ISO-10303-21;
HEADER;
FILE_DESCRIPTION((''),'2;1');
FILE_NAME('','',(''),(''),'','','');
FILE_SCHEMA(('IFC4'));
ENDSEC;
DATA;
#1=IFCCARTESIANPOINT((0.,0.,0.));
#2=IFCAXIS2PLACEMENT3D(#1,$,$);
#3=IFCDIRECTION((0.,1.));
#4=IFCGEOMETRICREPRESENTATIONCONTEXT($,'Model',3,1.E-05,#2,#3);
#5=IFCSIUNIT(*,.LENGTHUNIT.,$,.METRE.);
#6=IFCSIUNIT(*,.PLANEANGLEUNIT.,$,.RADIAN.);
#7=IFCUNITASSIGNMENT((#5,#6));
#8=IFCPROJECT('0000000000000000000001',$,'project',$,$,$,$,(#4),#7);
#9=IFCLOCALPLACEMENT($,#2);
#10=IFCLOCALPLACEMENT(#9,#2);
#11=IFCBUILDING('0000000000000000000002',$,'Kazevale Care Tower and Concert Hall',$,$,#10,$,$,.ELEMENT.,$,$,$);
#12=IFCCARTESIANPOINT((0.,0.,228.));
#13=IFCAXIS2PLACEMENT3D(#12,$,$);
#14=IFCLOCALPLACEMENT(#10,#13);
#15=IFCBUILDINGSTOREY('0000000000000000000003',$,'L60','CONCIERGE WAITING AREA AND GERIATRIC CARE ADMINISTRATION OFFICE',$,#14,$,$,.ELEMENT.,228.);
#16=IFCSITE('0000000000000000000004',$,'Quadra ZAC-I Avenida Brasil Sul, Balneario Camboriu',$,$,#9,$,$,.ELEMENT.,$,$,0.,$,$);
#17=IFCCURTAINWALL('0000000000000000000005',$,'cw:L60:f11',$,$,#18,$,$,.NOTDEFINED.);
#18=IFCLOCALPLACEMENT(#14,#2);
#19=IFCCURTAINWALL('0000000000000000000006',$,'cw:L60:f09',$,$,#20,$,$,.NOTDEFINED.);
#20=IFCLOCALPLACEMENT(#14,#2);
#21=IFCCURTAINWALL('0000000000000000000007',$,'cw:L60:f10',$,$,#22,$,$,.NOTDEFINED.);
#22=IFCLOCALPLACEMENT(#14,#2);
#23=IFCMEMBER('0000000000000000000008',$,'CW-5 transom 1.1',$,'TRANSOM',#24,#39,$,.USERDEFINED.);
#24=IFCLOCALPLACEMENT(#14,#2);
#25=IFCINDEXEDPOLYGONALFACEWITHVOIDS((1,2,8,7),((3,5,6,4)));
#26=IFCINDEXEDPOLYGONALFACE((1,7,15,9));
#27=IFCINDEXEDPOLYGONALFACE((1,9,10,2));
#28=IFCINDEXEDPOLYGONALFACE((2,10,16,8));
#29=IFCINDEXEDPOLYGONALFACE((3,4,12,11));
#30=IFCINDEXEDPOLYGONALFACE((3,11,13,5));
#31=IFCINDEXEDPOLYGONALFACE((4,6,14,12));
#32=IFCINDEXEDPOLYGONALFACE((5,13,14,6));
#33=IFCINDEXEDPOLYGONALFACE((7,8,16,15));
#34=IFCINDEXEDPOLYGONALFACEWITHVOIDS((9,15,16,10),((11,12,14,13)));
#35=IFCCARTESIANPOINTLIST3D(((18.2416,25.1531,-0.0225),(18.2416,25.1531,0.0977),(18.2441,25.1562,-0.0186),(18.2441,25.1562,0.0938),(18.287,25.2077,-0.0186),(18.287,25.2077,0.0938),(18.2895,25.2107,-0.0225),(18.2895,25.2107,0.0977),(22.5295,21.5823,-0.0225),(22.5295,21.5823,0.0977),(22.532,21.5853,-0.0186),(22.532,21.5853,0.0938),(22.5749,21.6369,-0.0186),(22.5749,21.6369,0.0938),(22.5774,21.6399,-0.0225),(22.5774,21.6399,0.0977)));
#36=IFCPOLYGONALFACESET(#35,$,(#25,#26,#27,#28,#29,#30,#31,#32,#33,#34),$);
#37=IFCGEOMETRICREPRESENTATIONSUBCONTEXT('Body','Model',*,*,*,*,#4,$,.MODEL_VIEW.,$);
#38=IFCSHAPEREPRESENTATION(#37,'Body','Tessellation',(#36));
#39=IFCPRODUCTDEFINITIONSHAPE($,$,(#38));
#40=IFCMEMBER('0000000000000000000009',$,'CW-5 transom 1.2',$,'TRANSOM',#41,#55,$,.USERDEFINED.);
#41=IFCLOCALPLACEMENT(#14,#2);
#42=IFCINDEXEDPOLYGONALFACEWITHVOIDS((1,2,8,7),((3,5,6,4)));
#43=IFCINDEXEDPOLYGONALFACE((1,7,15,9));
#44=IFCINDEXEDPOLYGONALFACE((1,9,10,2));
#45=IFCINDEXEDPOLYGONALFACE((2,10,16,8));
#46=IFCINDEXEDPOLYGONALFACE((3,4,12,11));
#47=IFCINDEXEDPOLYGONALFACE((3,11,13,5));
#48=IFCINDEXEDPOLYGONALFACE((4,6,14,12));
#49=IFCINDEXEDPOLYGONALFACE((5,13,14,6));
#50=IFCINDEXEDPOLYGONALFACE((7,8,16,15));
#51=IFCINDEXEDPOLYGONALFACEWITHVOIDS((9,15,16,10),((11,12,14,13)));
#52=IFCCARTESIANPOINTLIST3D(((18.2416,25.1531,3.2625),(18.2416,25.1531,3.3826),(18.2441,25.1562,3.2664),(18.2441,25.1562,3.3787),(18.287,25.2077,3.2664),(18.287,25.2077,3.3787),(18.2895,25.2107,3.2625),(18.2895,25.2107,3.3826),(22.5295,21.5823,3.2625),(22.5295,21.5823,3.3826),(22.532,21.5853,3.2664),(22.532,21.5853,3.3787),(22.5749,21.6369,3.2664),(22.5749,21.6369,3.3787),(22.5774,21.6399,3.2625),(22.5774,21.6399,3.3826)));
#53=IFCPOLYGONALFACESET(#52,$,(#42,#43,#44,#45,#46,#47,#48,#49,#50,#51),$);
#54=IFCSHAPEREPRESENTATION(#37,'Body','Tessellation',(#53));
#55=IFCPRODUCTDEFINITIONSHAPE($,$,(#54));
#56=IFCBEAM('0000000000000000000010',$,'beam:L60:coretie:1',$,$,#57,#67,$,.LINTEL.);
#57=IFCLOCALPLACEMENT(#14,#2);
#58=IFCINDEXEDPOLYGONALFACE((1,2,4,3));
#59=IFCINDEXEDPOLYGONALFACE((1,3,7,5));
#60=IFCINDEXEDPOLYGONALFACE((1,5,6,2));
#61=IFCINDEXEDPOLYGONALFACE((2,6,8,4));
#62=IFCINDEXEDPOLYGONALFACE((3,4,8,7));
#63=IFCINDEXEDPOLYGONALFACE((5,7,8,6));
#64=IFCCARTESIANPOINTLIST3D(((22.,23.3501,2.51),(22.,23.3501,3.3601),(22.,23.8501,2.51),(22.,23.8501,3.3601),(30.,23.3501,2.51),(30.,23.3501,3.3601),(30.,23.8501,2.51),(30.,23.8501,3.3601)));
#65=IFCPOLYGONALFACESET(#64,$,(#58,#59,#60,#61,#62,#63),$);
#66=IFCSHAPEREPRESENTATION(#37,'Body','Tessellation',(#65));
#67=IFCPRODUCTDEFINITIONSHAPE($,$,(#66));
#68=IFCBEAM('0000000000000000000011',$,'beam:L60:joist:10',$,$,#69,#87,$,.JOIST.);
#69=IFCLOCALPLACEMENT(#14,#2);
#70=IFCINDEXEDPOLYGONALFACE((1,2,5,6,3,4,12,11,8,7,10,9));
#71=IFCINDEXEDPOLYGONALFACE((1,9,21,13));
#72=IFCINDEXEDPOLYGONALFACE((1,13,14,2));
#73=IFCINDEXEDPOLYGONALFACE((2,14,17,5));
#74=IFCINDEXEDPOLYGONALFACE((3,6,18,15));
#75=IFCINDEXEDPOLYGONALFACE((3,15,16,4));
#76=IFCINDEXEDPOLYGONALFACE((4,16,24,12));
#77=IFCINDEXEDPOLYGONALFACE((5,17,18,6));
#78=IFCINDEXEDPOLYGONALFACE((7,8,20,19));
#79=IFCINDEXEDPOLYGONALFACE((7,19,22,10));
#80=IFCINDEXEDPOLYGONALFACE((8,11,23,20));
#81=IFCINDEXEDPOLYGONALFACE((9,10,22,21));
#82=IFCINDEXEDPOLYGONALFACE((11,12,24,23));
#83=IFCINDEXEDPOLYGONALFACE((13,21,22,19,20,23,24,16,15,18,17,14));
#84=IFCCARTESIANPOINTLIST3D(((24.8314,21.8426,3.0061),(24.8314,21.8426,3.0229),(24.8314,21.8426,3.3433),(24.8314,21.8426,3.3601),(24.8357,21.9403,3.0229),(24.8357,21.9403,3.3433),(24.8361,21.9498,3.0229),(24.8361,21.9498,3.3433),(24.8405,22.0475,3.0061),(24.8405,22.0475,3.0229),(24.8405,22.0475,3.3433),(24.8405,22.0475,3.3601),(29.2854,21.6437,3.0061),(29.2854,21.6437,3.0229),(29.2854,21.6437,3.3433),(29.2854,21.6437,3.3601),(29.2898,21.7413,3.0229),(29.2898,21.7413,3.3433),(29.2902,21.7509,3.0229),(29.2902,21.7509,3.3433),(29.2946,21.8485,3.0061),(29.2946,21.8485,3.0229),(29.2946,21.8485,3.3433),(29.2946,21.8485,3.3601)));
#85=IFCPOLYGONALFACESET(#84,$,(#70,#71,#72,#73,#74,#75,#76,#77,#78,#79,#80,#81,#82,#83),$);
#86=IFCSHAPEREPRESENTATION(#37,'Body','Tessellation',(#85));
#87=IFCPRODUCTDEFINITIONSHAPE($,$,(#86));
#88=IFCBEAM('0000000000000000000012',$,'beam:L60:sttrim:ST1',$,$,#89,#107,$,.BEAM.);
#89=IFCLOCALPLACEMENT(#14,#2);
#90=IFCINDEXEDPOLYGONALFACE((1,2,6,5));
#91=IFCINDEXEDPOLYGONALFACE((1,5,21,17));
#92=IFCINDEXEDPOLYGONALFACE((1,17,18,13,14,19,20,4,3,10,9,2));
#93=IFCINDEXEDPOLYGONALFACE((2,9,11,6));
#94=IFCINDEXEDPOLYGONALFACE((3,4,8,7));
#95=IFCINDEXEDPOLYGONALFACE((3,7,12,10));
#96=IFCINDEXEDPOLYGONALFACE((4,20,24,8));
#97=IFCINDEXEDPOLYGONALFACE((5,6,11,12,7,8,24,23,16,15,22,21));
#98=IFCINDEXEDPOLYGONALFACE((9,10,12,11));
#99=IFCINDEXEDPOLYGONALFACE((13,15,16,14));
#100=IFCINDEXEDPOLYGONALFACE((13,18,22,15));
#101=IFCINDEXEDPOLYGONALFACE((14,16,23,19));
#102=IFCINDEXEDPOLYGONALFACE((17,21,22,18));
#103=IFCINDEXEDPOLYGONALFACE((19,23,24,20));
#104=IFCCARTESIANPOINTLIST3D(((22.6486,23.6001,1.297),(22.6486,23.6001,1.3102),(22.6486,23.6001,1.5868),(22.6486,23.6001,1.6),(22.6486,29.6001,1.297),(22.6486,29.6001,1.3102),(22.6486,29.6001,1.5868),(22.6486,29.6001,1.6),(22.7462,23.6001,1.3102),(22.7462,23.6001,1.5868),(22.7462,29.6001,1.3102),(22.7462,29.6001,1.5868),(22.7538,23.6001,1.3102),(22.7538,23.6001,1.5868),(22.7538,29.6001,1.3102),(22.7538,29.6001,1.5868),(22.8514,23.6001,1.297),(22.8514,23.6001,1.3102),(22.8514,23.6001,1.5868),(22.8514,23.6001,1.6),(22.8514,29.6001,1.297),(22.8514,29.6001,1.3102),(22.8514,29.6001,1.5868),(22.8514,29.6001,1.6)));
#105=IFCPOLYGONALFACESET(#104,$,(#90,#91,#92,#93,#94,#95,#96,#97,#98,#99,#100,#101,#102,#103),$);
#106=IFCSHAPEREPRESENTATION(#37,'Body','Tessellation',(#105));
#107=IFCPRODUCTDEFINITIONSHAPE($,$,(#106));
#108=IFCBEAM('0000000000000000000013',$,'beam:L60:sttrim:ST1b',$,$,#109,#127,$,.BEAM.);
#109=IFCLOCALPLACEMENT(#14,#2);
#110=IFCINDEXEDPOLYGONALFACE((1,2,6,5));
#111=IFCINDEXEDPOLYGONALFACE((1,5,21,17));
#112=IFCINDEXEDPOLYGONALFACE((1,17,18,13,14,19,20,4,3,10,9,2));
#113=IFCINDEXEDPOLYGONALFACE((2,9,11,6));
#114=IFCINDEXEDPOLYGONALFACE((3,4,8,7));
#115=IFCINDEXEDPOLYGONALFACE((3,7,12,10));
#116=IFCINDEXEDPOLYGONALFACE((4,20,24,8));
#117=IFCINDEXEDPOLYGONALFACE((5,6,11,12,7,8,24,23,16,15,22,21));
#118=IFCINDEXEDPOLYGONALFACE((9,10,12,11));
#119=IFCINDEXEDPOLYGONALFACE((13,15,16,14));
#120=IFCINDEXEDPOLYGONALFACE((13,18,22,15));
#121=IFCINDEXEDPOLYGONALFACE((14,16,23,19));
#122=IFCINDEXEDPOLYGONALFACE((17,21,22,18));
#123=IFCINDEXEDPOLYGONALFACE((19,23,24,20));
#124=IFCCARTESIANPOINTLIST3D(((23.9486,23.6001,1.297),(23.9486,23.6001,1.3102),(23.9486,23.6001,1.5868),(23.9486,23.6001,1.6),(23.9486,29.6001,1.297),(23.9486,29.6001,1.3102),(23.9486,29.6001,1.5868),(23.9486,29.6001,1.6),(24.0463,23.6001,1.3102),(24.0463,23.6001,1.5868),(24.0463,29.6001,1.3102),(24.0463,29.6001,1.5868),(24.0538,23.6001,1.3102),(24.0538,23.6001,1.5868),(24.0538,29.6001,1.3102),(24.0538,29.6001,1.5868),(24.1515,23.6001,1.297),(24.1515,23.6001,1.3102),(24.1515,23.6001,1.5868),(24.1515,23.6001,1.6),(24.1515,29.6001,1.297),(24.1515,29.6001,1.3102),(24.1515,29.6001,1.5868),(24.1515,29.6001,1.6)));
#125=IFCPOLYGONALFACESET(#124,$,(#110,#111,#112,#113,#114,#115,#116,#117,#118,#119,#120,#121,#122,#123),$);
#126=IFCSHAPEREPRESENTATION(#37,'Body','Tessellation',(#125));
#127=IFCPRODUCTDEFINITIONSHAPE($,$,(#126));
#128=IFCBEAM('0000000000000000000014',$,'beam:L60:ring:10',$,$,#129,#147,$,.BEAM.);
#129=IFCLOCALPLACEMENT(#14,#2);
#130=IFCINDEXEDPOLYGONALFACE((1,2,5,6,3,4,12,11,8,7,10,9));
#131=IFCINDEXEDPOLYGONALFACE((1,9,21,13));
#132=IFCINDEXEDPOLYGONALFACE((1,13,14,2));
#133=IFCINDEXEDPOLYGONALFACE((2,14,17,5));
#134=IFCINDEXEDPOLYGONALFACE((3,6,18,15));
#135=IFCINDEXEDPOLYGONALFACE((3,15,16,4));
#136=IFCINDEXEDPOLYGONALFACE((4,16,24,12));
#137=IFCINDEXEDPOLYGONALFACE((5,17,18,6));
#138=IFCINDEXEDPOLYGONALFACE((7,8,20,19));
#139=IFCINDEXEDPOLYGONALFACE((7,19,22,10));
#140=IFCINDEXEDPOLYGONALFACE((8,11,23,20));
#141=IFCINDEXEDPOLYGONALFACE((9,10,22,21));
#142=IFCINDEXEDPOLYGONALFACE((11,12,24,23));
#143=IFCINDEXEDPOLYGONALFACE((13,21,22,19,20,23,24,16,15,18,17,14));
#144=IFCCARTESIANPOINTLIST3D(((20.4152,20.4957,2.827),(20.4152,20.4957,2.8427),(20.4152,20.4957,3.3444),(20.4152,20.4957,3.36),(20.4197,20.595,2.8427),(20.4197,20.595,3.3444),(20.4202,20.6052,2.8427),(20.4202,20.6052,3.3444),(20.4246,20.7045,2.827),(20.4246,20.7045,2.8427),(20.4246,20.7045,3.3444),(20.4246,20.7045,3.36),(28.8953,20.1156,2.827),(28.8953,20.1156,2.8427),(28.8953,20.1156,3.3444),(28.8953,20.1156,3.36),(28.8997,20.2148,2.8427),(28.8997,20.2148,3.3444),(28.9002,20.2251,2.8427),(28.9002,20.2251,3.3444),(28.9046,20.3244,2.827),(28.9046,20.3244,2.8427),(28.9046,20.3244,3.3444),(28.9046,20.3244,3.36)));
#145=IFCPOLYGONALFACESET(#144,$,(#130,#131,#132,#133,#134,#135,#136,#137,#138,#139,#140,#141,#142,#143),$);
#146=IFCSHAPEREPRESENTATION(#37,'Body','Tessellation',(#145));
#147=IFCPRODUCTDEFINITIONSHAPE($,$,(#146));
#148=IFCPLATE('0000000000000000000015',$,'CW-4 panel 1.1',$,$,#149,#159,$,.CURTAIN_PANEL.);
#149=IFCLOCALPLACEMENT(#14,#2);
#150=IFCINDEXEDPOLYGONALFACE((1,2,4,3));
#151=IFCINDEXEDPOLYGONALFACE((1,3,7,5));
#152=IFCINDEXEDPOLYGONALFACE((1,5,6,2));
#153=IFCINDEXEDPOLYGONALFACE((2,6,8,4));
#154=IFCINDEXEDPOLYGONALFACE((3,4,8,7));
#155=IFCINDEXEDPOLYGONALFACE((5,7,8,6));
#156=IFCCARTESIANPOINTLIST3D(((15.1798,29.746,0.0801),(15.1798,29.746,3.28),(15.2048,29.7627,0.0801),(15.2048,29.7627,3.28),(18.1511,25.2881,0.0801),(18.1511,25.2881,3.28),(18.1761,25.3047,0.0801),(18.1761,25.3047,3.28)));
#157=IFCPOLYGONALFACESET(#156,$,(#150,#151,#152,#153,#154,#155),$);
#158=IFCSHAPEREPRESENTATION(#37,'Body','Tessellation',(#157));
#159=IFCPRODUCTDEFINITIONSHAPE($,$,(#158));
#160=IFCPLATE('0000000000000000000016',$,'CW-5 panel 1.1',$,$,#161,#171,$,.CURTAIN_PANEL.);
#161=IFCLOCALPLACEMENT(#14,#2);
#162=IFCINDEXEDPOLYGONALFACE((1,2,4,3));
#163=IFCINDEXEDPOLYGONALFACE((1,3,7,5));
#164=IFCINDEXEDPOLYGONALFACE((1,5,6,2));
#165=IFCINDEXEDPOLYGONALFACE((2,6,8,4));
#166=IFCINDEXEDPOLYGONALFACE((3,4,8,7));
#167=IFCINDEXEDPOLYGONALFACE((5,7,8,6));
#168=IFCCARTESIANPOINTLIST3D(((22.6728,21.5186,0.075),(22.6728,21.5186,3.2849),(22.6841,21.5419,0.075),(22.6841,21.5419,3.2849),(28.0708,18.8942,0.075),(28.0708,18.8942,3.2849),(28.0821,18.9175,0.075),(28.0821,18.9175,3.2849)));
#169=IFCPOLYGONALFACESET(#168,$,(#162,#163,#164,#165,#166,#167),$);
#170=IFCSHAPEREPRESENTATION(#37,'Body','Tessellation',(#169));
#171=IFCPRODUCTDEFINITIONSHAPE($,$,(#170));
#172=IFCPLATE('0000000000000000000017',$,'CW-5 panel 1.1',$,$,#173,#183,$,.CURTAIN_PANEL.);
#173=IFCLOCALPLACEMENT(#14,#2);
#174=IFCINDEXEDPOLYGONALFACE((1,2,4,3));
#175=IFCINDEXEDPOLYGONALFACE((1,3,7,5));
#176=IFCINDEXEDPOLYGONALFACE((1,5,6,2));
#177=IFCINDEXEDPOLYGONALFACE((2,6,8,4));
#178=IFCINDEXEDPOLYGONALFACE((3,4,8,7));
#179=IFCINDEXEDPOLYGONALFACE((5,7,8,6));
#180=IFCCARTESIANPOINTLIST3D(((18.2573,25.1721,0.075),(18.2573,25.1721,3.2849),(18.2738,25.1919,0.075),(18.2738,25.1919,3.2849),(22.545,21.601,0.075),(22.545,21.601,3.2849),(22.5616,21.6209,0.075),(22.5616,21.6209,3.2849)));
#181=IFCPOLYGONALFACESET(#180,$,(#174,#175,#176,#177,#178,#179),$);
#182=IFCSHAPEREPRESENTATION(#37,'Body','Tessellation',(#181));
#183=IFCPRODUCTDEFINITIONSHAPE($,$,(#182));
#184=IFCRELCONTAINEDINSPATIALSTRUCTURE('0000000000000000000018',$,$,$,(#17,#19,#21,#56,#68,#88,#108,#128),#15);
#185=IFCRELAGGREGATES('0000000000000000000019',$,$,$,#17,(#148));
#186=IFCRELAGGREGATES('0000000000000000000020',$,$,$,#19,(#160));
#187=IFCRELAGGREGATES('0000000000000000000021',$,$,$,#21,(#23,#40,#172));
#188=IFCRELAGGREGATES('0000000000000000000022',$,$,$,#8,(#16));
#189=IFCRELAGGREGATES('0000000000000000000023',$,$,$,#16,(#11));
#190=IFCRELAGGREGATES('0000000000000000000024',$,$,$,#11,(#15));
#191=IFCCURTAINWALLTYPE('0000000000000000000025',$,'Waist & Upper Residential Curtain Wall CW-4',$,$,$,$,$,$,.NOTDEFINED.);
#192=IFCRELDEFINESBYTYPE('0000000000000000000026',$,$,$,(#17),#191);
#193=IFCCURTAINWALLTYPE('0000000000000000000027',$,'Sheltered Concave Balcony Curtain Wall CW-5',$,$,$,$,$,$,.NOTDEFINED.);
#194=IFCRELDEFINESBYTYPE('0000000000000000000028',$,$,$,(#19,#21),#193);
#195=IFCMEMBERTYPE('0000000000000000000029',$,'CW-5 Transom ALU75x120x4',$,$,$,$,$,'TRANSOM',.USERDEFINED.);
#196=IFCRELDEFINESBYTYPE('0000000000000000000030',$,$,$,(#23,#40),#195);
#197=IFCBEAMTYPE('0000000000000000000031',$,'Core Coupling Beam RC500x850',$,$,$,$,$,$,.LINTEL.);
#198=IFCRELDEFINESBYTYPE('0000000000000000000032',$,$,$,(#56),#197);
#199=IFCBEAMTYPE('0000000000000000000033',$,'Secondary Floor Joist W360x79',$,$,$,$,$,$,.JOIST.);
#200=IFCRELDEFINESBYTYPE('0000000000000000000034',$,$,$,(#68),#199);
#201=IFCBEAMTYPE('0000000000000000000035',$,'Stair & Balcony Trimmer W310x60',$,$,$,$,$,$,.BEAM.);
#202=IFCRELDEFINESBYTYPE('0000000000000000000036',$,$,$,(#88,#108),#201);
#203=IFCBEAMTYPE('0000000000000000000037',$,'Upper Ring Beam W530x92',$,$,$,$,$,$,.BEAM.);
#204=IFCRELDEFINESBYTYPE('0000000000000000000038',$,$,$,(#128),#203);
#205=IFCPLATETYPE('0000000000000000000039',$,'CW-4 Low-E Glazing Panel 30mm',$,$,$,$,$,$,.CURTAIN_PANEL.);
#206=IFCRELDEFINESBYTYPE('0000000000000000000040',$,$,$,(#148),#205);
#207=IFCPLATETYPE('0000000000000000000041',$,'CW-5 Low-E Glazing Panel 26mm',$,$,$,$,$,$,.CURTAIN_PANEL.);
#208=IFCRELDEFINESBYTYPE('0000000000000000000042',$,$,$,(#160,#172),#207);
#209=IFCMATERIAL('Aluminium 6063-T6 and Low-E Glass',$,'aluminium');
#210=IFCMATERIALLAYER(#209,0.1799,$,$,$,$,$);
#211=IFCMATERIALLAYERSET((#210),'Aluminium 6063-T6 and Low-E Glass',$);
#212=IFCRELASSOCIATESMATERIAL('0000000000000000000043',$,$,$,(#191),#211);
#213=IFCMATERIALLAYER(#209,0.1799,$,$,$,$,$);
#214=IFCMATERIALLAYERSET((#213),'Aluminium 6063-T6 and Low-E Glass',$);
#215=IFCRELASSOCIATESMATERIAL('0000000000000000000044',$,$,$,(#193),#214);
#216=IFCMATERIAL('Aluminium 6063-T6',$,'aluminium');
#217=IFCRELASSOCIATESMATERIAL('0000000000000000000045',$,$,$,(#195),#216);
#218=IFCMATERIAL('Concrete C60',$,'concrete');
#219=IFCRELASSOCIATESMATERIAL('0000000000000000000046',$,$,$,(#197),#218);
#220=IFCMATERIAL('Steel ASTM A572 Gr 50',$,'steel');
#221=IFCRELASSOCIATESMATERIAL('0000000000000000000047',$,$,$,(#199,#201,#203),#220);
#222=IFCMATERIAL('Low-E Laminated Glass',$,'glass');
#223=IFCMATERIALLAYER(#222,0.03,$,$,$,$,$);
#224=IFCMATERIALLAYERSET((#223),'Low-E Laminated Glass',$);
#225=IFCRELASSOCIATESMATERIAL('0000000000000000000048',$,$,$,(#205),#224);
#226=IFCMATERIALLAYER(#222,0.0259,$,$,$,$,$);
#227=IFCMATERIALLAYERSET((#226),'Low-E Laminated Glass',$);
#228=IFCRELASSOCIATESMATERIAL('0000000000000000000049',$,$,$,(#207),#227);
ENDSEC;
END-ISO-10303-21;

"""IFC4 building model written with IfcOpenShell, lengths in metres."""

from ifc_helpers import new_model, si_unit, direction, frame, origin, origin_2d, place, context, subcontext, project, spatial, rectangle, hollow_rectangle, i_section, extrude, material, layer, layer_set, material_profile, profile_set, type_object, element, aggregate, save


model = new_model("IFC4")

# Units and contexts
model_context = context("Model", 3, precision=1e-05, world=origin(), true_north=direction((0.0, 1.0)))
body_context = subcontext(model_context, "Body", "Model", "MODEL_VIEW")
ifc_project = project(units=[si_unit("LENGTHUNIT", "METRE"), si_unit("PLANEANGLEUNIT", "RADIAN")], contexts=[model_context])

# Site, building, storey
site_placement = place(None, origin())
site = spatial("IfcSite", under=ifc_project, at=site_placement, Name="Quadra ZAC-I Avenida Brasil Sul, Balneario Camboriu", CompositionType="ELEMENT", RefElevation=0.0)
building_placement = place(site_placement, origin())
building = spatial("IfcBuilding", under=site, at=building_placement, Name="Kazevale Care Tower and Concert Hall", CompositionType="ELEMENT")
storey_placement = place(building_placement, frame((0.0, 0.0, 228.0)))
storey = spatial("IfcBuildingStorey", under=building, at=storey_placement, Name="L60", Description="CONCIERGE WAITING AREA AND GERIATRIC CARE ADMINISTRATION OFFICE", CompositionType="ELEMENT", Elevation=228.0)

# Curtain wall
ifc_material_1 = material(Name="Aluminium 6063-T6 and Low-E Glass", Category="aluminium")
ifc_layer_1 = layer(ifc_material_1, 0.1799)
ifc_layer_set_1 = layer_set([ifc_layer_1], Name="Aluminium 6063-T6 and Low-E Glass")
curtain_wall_type_1 = type_object("IfcCurtainWallType", Name="Waist & Upper Residential Curtain Wall CW-4", PredefinedType="NOTDEFINED", material=ifc_layer_set_1)
curtain_wall_1_placement = place(storey_placement, origin())
curtain_wall_1 = element("IfcCurtainWall", 1, at=curtain_wall_1_placement, inside=storey, type_object=curtain_wall_type_1, Name="cw:L60:f11", PredefinedType="NOTDEFINED")
ifc_material_2 = material(Name="Aluminium 6063-T6", Category="aluminium")

# Curtain wall
ifc_layer_2 = layer(ifc_material_1, 0.1799)
ifc_layer_set_2 = layer_set([ifc_layer_2], Name="Aluminium 6063-T6 and Low-E Glass")
curtain_wall_type_2 = type_object("IfcCurtainWallType", Name="Sheltered Concave Balcony Curtain Wall CW-5", PredefinedType="NOTDEFINED", material=ifc_layer_set_2)
curtain_wall_2_placement = place(storey_placement, origin())
curtain_wall_2 = element("IfcCurtainWall", 2, at=curtain_wall_2_placement, inside=storey, type_object=curtain_wall_type_2, Name="cw:L60:f09", PredefinedType="NOTDEFINED")

# Curtain wall, members
curtain_wall_3_placement = place(storey_placement, origin())
curtain_wall_3 = element("IfcCurtainWall", 3, at=curtain_wall_3_placement, inside=storey, type_object=curtain_wall_type_2, Name="cw:L60:f10", PredefinedType="NOTDEFINED")
ifc_material_profile_1 = material_profile(ifc_material_2, hollow_rectangle(XDim=0.075, YDim=0.1201, WallThickness=0.0039, at=origin_2d()), Name="ALU75x120x4")
ifc_profile_set_1 = profile_set([ifc_material_profile_1], Name="Aluminium 6063-T6")
member_type_1 = type_object("IfcMemberType", Name="CW-5 Transom ALU75x120x4", ElementType="TRANSOM", PredefinedType="USERDEFINED", material=ifc_profile_set_1)
member_1_placement = place(storey_placement, frame((22.5535, 21.6111, 0.0376), z_axis=(-0.768433, 0.63993, 0.0), x_axis=(-0.63993, -0.768433, 0.0)))
member_1 = element("IfcMember", 4, at=member_1_placement, type_object=member_type_1, Name="CW-5 transom 1.1", ObjectType="TRANSOM", PredefinedType="USERDEFINED", context=body_context, shape_type="SweptSolid", body=[
    extrude(hollow_rectangle(XDim=0.075, YDim=0.1201, WallThickness=0.0039, at=origin_2d()), origin(), (0.0, 0.0, 1.0), 5.5801),
])
member_2_placement = place(storey_placement, frame((22.5535, 21.6111, 3.3225), z_axis=(-0.768433, 0.63993, 0.0), x_axis=(-0.63993, -0.768433, 0.0)))
member_2 = element("IfcMember", 5, at=member_2_placement, type_object=member_type_1, Name="CW-5 transom 1.2", ObjectType="TRANSOM", PredefinedType="USERDEFINED", context=body_context, shape_type="SweptSolid", body=[
    extrude(hollow_rectangle(XDim=0.075, YDim=0.1201, WallThickness=0.0039, at=origin_2d()), origin(), (0.0, 0.0, 1.0), 5.5801),
])

# Beams
ifc_material_3 = material(Name="Concrete C60", Category="concrete")
ifc_material_profile_2 = material_profile(ifc_material_3, rectangle(XDim=0.5, YDim=0.8501, at=origin_2d()), Name="RC-B500x850")
ifc_profile_set_2 = profile_set([ifc_material_profile_2], Name="Concrete C60")
beam_type_1 = type_object("IfcBeamType", Name="Core Coupling Beam RC500x850", PredefinedType="LINTEL", material=ifc_profile_set_2)
beam_1_placement = place(storey_placement, frame((22.0, 23.6001, 2.9351), z_axis=(1.0, 0.0, 0.0), x_axis=(0.0, 1.0, 0.0)))
element("IfcBeam", 6, at=beam_1_placement, inside=storey, type_object=beam_type_1, Name="beam:L60:coretie:1", PredefinedType="LINTEL", context=body_context, shape_type="SweptSolid", body=[
    extrude(rectangle(XDim=0.5, YDim=0.8501, at=origin_2d()), origin(), (0.0, 0.0, 1.0), 8.0),
])
ifc_material_4 = material(Name="Steel ASTM A572 Gr 50", Category="steel")
ifc_material_profile_3 = material_profile(ifc_material_4, i_section(OverallWidth=0.2051, OverallDepth=0.354, WebThickness=0.0095, FlangeThickness=0.0168, at=origin_2d()), Name="W360x79")
ifc_profile_set_3 = profile_set([ifc_material_profile_3], Name="Steel ASTM A572 Gr 50")
beam_type_2 = type_object("IfcBeamType", Name="Secondary Floor Joist W360x79", PredefinedType="JOIST", material=ifc_profile_set_3)
beam_2_placement = place(storey_placement, frame((24.8359, 21.9451, 3.1831), z_axis=(0.999004, -0.044628, 0.0), x_axis=(0.044628, 0.999004, 0.0)))
element("IfcBeam", 7, at=beam_2_placement, inside=storey, type_object=beam_type_2, Name="beam:L60:joist:10", PredefinedType="JOIST", context=body_context, shape_type="SweptSolid", body=[
    extrude(i_section(OverallWidth=0.2051, OverallDepth=0.354, WebThickness=0.0095, FlangeThickness=0.0168, at=origin_2d()), origin(), (0.0, 0.0, 1.0), 4.4585),
])
ifc_material_profile_4 = material_profile(ifc_material_4, i_section(OverallWidth=0.2029, OverallDepth=0.303, WebThickness=0.0076, FlangeThickness=0.0132, at=origin_2d()), Name="W310x60")
ifc_profile_set_4 = profile_set([ifc_material_profile_4], Name="Steel ASTM A572 Gr 50")
beam_type_3 = type_object("IfcBeamType", Name="Stair & Balcony Trimmer W310x60", PredefinedType="BEAM", material=ifc_profile_set_4)
for number, where, z_axis, x_axis, name in (
    (8, (22.75, 23.6001, 1.4485), (0.0, 1.0, 0.0), (-1.0, 0.0, 0.0), "beam:L60:sttrim:ST1"),
    (9, (24.05, 23.6001, 1.4485), (0.0, 1.0, 0.0), (-1.0, 0.0, 0.0), "beam:L60:sttrim:ST1b"),
):
    element("IfcBeam", number, at=place(storey_placement, frame(where, z_axis=z_axis, x_axis=x_axis)), inside=storey, type_object=beam_type_3, Name=name, PredefinedType="BEAM", context=body_context, shape_type="SweptSolid", body=[
        extrude(i_section(OverallWidth=0.2029, OverallDepth=0.303, WebThickness=0.0076, FlangeThickness=0.0132, at=origin_2d()), origin(), (0.0, 0.0, 1.0), 6.0),
    ])
ifc_material_profile_5 = material_profile(ifc_material_4, i_section(OverallWidth=0.209, OverallDepth=0.533, WebThickness=0.0103, FlangeThickness=0.0156, at=origin_2d()), Name="W530x92")
ifc_profile_set_5 = profile_set([ifc_material_profile_5], Name="Steel ASTM A572 Gr 50")
beam_type_4 = type_object("IfcBeamType", Name="Upper Ring Beam W530x92", PredefinedType="BEAM", material=ifc_profile_set_5)
beam_3_placement = place(storey_placement, frame((20.4199, 20.6001, 3.0935), z_axis=(0.998997, -0.044781, 0.0), x_axis=(0.044781, 0.998997, 0.0)))
element("IfcBeam", 10, at=beam_3_placement, inside=storey, type_object=beam_type_4, Name="beam:L60:ring:10", PredefinedType="BEAM", context=body_context, shape_type="SweptSolid", body=[
    extrude(i_section(OverallWidth=0.209, OverallDepth=0.533, WebThickness=0.0103, FlangeThickness=0.0156, at=origin_2d()), origin(), (0.0, 0.0, 1.0), 8.4885),
])

# Plates
ifc_material_5 = material(Name="Low-E Laminated Glass", Category="glass")
ifc_layer_3 = layer(ifc_material_5, 0.03)
ifc_layer_set_3 = layer_set([ifc_layer_3], Name="Low-E Laminated Glass")
plate_type_1 = type_object("IfcPlateType", Name="CW-4 Low-E Glazing Panel 30mm", PredefinedType="CURTAIN_PANEL", material=ifc_layer_set_3)
plate_1_placement = place(storey_placement, frame((16.678, 27.5254, 0.0801), z_axis=(0.0, 0.0, 1.0), x_axis=(-0.554617, 0.832106, 0.0)))
plate_1 = element("IfcPlate", 11, at=plate_1_placement, type_object=plate_type_1, Name="CW-4 panel 1.1", PredefinedType="CURTAIN_PANEL", context=body_context, shape_type="SweptSolid", body=[
    extrude(rectangle(XDim=5.3574, YDim=0.03, at=origin_2d()), origin(), (0.0, 0.0, 1.0), 3.2),
])
aggregate(curtain_wall_1, [plate_1])
ifc_layer_4 = layer(ifc_material_5, 0.0259)
ifc_layer_set_4 = layer_set([ifc_layer_4], Name="Low-E Laminated Glass")
plate_type_2 = type_object("IfcPlateType", Name="CW-5 Low-E Glazing Panel 26mm", PredefinedType="CURTAIN_PANEL", material=ifc_layer_set_4)
plate_2_placement = place(storey_placement, frame((25.3774, 20.218, 0.075), z_axis=(0.0, 0.0, 1.0), x_axis=(-0.899346, 0.437238, 0.0)))
plate_2 = element("IfcPlate", 12, at=plate_2_placement, type_object=plate_type_2, Name="CW-5 panel 1.1", PredefinedType="CURTAIN_PANEL", context=body_context, shape_type="SweptSolid", body=[
    extrude(rectangle(XDim=6.0022, YDim=0.0259, at=origin_2d()), origin(), (0.0, 0.0, 1.0), 3.21),
])
aggregate(curtain_wall_2, [plate_2])
plate_3_placement = place(storey_placement, frame((20.4094, 23.3965, 0.075), z_axis=(0.0, 0.0, 1.0), x_axis=(-0.768407, 0.639961, 0.0)))
plate_3 = element("IfcPlate", 13, at=plate_3_placement, type_object=plate_type_2, Name="CW-5 panel 1.1", PredefinedType="CURTAIN_PANEL", context=body_context, shape_type="SweptSolid", body=[
    extrude(rectangle(XDim=5.5801, YDim=0.0259, at=origin_2d()), origin(), (0.0, 0.0, 1.0), 3.21),
])
aggregate(curtain_wall_3, [member_1, member_2, plate_3])

save(model, "model.ifc")
